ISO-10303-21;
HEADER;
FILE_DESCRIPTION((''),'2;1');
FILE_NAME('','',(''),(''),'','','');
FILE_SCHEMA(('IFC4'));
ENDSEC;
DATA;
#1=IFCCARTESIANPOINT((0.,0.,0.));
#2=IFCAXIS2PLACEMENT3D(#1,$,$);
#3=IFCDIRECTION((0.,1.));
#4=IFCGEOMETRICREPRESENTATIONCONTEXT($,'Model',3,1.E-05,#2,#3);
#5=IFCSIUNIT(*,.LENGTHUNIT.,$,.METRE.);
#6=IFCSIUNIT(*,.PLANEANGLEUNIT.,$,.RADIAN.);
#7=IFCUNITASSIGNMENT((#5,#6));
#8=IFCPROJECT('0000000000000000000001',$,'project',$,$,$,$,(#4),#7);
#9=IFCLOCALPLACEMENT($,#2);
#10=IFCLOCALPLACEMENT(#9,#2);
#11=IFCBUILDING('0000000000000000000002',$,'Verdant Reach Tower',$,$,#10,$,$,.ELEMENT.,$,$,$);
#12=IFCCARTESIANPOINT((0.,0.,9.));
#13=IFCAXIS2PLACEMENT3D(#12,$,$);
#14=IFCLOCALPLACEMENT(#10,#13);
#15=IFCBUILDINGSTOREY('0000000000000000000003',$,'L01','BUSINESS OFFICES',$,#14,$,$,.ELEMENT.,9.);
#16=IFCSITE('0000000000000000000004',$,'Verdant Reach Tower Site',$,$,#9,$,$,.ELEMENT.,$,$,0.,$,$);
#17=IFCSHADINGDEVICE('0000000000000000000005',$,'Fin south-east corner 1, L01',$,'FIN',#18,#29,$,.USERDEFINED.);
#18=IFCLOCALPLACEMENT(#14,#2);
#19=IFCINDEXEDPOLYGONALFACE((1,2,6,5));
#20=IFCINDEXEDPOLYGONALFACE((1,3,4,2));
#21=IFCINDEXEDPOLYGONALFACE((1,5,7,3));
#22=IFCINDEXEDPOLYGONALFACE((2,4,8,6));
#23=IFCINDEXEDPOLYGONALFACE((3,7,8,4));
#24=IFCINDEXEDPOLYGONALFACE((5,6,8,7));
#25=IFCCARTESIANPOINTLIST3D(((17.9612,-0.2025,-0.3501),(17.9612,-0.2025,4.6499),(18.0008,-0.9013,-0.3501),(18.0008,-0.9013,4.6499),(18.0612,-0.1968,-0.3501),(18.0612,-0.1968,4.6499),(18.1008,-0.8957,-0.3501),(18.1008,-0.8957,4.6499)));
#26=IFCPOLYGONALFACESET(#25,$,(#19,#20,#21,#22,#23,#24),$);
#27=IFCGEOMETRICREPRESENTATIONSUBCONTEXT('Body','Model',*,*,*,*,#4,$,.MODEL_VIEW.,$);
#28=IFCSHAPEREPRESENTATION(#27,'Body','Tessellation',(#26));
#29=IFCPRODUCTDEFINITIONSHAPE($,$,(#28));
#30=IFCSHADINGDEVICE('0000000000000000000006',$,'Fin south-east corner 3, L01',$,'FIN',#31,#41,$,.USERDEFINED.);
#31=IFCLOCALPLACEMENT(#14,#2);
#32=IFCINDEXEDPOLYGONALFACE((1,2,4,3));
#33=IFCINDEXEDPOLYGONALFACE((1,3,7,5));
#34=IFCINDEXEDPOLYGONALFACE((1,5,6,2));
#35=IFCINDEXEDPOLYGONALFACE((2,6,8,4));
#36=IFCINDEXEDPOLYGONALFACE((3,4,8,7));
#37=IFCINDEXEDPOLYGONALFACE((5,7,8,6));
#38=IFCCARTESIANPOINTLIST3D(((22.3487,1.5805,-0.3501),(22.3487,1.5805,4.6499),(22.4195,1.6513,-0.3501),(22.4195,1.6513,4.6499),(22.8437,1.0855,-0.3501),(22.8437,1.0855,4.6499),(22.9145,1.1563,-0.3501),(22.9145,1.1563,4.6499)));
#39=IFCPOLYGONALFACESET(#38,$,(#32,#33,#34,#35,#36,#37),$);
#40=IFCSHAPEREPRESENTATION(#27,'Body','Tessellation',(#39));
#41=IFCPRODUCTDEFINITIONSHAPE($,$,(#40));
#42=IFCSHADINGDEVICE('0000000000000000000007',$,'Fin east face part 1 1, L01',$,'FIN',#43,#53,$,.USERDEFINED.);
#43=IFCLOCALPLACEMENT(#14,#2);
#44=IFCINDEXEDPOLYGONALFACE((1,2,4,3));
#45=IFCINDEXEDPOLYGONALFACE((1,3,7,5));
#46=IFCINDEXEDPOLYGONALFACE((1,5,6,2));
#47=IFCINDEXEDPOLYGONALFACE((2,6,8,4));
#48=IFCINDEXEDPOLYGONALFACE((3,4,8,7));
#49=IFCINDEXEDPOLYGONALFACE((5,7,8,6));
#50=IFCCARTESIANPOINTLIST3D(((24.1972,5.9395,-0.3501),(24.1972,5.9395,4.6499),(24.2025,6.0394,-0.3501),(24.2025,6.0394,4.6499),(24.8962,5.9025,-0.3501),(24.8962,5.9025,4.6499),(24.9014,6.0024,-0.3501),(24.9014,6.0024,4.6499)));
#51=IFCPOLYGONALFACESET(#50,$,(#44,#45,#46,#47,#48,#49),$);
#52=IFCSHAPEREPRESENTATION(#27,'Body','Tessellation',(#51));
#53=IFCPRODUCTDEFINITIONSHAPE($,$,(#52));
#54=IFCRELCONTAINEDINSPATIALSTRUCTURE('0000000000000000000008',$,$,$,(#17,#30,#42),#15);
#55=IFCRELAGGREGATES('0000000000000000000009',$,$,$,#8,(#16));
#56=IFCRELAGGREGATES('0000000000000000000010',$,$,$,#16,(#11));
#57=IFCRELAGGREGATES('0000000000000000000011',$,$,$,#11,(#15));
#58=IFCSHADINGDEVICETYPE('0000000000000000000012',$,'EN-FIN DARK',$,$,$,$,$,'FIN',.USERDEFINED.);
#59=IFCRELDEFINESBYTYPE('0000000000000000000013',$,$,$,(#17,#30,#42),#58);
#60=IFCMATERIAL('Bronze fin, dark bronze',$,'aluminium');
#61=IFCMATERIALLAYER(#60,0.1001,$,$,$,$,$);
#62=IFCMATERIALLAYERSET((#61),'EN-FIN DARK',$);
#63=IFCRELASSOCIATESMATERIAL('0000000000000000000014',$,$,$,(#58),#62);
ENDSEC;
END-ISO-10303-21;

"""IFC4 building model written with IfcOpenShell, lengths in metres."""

from ifc_helpers import new_model, si_unit, direction, frame, origin, origin_2d, place, context, subcontext, project, spatial, rectangle, extrude, material, layer, layer_set, type_object, element, save


model = new_model("IFC4")

# Units and contexts
model_context = context("Model", 3, precision=1e-05, world=origin(), true_north=direction((0.0, 1.0)))
body_context = subcontext(model_context, "Body", "Model", "MODEL_VIEW")
ifc_project = project(units=[si_unit("LENGTHUNIT", "METRE"), si_unit("PLANEANGLEUNIT", "RADIAN")], contexts=[model_context])

# Site, building, storey
site_placement = place(None, origin())
site = spatial("IfcSite", under=ifc_project, at=site_placement, Name="Verdant Reach Tower Site", CompositionType="ELEMENT", RefElevation=0.0)
building_placement = place(site_placement, origin())
building = spatial("IfcBuilding", under=site, at=building_placement, Name="Verdant Reach Tower", CompositionType="ELEMENT")
storey_placement = place(building_placement, frame((0.0, 0.0, 9.0)))
storey = spatial("IfcBuildingStorey", under=building, at=storey_placement, Name="L01", Description="BUSINESS OFFICES", CompositionType="ELEMENT", Elevation=9.0)

# Shading devices
ifc_material_1 = material(Name="Bronze fin, dark bronze", Category="aluminium")
ifc_layer_1 = layer(ifc_material_1, 0.1001)
ifc_layer_set_1 = layer_set([ifc_layer_1], Name="EN-FIN DARK")
shading_device_type = type_object("IfcShadingDeviceType", Name="EN-FIN DARK", ElementType="FIN", PredefinedType="USERDEFINED", material=ifc_layer_set_1)
for number, where, z_axis, x_axis, name in (
    (1, (18.031, -0.5491, -0.3501), (0.0, 0.0, 1.0), (0.998399, 0.056569, 0.0), "Fin south-east corner 1, L01"),
    (2, (22.6316, 1.3684, -0.3501), (0.0, 0.0, 1.0), (0.707107, 0.707107, 0.0), "Fin south-east corner 3, L01"),
    (3, (24.5493, 5.9709, -0.3501), (0.0, 0.0, 1.0), (0.052815, 0.998604, 0.0), "Fin east face part 1 1, L01"),
):
    element("IfcShadingDevice", number, at=place(storey_placement, frame(where, z_axis=z_axis, x_axis=x_axis)), inside=storey, type_object=shading_device_type, Name=name, ObjectType="FIN", PredefinedType="USERDEFINED", context=body_context, shape_type="SweptSolid", body=[
        extrude(rectangle(XDim=0.1001, YDim=0.7, at=origin_2d()), origin(), (0.0, 0.0, 1.0), 5.0),
    ])

save(model, "model.ifc")
